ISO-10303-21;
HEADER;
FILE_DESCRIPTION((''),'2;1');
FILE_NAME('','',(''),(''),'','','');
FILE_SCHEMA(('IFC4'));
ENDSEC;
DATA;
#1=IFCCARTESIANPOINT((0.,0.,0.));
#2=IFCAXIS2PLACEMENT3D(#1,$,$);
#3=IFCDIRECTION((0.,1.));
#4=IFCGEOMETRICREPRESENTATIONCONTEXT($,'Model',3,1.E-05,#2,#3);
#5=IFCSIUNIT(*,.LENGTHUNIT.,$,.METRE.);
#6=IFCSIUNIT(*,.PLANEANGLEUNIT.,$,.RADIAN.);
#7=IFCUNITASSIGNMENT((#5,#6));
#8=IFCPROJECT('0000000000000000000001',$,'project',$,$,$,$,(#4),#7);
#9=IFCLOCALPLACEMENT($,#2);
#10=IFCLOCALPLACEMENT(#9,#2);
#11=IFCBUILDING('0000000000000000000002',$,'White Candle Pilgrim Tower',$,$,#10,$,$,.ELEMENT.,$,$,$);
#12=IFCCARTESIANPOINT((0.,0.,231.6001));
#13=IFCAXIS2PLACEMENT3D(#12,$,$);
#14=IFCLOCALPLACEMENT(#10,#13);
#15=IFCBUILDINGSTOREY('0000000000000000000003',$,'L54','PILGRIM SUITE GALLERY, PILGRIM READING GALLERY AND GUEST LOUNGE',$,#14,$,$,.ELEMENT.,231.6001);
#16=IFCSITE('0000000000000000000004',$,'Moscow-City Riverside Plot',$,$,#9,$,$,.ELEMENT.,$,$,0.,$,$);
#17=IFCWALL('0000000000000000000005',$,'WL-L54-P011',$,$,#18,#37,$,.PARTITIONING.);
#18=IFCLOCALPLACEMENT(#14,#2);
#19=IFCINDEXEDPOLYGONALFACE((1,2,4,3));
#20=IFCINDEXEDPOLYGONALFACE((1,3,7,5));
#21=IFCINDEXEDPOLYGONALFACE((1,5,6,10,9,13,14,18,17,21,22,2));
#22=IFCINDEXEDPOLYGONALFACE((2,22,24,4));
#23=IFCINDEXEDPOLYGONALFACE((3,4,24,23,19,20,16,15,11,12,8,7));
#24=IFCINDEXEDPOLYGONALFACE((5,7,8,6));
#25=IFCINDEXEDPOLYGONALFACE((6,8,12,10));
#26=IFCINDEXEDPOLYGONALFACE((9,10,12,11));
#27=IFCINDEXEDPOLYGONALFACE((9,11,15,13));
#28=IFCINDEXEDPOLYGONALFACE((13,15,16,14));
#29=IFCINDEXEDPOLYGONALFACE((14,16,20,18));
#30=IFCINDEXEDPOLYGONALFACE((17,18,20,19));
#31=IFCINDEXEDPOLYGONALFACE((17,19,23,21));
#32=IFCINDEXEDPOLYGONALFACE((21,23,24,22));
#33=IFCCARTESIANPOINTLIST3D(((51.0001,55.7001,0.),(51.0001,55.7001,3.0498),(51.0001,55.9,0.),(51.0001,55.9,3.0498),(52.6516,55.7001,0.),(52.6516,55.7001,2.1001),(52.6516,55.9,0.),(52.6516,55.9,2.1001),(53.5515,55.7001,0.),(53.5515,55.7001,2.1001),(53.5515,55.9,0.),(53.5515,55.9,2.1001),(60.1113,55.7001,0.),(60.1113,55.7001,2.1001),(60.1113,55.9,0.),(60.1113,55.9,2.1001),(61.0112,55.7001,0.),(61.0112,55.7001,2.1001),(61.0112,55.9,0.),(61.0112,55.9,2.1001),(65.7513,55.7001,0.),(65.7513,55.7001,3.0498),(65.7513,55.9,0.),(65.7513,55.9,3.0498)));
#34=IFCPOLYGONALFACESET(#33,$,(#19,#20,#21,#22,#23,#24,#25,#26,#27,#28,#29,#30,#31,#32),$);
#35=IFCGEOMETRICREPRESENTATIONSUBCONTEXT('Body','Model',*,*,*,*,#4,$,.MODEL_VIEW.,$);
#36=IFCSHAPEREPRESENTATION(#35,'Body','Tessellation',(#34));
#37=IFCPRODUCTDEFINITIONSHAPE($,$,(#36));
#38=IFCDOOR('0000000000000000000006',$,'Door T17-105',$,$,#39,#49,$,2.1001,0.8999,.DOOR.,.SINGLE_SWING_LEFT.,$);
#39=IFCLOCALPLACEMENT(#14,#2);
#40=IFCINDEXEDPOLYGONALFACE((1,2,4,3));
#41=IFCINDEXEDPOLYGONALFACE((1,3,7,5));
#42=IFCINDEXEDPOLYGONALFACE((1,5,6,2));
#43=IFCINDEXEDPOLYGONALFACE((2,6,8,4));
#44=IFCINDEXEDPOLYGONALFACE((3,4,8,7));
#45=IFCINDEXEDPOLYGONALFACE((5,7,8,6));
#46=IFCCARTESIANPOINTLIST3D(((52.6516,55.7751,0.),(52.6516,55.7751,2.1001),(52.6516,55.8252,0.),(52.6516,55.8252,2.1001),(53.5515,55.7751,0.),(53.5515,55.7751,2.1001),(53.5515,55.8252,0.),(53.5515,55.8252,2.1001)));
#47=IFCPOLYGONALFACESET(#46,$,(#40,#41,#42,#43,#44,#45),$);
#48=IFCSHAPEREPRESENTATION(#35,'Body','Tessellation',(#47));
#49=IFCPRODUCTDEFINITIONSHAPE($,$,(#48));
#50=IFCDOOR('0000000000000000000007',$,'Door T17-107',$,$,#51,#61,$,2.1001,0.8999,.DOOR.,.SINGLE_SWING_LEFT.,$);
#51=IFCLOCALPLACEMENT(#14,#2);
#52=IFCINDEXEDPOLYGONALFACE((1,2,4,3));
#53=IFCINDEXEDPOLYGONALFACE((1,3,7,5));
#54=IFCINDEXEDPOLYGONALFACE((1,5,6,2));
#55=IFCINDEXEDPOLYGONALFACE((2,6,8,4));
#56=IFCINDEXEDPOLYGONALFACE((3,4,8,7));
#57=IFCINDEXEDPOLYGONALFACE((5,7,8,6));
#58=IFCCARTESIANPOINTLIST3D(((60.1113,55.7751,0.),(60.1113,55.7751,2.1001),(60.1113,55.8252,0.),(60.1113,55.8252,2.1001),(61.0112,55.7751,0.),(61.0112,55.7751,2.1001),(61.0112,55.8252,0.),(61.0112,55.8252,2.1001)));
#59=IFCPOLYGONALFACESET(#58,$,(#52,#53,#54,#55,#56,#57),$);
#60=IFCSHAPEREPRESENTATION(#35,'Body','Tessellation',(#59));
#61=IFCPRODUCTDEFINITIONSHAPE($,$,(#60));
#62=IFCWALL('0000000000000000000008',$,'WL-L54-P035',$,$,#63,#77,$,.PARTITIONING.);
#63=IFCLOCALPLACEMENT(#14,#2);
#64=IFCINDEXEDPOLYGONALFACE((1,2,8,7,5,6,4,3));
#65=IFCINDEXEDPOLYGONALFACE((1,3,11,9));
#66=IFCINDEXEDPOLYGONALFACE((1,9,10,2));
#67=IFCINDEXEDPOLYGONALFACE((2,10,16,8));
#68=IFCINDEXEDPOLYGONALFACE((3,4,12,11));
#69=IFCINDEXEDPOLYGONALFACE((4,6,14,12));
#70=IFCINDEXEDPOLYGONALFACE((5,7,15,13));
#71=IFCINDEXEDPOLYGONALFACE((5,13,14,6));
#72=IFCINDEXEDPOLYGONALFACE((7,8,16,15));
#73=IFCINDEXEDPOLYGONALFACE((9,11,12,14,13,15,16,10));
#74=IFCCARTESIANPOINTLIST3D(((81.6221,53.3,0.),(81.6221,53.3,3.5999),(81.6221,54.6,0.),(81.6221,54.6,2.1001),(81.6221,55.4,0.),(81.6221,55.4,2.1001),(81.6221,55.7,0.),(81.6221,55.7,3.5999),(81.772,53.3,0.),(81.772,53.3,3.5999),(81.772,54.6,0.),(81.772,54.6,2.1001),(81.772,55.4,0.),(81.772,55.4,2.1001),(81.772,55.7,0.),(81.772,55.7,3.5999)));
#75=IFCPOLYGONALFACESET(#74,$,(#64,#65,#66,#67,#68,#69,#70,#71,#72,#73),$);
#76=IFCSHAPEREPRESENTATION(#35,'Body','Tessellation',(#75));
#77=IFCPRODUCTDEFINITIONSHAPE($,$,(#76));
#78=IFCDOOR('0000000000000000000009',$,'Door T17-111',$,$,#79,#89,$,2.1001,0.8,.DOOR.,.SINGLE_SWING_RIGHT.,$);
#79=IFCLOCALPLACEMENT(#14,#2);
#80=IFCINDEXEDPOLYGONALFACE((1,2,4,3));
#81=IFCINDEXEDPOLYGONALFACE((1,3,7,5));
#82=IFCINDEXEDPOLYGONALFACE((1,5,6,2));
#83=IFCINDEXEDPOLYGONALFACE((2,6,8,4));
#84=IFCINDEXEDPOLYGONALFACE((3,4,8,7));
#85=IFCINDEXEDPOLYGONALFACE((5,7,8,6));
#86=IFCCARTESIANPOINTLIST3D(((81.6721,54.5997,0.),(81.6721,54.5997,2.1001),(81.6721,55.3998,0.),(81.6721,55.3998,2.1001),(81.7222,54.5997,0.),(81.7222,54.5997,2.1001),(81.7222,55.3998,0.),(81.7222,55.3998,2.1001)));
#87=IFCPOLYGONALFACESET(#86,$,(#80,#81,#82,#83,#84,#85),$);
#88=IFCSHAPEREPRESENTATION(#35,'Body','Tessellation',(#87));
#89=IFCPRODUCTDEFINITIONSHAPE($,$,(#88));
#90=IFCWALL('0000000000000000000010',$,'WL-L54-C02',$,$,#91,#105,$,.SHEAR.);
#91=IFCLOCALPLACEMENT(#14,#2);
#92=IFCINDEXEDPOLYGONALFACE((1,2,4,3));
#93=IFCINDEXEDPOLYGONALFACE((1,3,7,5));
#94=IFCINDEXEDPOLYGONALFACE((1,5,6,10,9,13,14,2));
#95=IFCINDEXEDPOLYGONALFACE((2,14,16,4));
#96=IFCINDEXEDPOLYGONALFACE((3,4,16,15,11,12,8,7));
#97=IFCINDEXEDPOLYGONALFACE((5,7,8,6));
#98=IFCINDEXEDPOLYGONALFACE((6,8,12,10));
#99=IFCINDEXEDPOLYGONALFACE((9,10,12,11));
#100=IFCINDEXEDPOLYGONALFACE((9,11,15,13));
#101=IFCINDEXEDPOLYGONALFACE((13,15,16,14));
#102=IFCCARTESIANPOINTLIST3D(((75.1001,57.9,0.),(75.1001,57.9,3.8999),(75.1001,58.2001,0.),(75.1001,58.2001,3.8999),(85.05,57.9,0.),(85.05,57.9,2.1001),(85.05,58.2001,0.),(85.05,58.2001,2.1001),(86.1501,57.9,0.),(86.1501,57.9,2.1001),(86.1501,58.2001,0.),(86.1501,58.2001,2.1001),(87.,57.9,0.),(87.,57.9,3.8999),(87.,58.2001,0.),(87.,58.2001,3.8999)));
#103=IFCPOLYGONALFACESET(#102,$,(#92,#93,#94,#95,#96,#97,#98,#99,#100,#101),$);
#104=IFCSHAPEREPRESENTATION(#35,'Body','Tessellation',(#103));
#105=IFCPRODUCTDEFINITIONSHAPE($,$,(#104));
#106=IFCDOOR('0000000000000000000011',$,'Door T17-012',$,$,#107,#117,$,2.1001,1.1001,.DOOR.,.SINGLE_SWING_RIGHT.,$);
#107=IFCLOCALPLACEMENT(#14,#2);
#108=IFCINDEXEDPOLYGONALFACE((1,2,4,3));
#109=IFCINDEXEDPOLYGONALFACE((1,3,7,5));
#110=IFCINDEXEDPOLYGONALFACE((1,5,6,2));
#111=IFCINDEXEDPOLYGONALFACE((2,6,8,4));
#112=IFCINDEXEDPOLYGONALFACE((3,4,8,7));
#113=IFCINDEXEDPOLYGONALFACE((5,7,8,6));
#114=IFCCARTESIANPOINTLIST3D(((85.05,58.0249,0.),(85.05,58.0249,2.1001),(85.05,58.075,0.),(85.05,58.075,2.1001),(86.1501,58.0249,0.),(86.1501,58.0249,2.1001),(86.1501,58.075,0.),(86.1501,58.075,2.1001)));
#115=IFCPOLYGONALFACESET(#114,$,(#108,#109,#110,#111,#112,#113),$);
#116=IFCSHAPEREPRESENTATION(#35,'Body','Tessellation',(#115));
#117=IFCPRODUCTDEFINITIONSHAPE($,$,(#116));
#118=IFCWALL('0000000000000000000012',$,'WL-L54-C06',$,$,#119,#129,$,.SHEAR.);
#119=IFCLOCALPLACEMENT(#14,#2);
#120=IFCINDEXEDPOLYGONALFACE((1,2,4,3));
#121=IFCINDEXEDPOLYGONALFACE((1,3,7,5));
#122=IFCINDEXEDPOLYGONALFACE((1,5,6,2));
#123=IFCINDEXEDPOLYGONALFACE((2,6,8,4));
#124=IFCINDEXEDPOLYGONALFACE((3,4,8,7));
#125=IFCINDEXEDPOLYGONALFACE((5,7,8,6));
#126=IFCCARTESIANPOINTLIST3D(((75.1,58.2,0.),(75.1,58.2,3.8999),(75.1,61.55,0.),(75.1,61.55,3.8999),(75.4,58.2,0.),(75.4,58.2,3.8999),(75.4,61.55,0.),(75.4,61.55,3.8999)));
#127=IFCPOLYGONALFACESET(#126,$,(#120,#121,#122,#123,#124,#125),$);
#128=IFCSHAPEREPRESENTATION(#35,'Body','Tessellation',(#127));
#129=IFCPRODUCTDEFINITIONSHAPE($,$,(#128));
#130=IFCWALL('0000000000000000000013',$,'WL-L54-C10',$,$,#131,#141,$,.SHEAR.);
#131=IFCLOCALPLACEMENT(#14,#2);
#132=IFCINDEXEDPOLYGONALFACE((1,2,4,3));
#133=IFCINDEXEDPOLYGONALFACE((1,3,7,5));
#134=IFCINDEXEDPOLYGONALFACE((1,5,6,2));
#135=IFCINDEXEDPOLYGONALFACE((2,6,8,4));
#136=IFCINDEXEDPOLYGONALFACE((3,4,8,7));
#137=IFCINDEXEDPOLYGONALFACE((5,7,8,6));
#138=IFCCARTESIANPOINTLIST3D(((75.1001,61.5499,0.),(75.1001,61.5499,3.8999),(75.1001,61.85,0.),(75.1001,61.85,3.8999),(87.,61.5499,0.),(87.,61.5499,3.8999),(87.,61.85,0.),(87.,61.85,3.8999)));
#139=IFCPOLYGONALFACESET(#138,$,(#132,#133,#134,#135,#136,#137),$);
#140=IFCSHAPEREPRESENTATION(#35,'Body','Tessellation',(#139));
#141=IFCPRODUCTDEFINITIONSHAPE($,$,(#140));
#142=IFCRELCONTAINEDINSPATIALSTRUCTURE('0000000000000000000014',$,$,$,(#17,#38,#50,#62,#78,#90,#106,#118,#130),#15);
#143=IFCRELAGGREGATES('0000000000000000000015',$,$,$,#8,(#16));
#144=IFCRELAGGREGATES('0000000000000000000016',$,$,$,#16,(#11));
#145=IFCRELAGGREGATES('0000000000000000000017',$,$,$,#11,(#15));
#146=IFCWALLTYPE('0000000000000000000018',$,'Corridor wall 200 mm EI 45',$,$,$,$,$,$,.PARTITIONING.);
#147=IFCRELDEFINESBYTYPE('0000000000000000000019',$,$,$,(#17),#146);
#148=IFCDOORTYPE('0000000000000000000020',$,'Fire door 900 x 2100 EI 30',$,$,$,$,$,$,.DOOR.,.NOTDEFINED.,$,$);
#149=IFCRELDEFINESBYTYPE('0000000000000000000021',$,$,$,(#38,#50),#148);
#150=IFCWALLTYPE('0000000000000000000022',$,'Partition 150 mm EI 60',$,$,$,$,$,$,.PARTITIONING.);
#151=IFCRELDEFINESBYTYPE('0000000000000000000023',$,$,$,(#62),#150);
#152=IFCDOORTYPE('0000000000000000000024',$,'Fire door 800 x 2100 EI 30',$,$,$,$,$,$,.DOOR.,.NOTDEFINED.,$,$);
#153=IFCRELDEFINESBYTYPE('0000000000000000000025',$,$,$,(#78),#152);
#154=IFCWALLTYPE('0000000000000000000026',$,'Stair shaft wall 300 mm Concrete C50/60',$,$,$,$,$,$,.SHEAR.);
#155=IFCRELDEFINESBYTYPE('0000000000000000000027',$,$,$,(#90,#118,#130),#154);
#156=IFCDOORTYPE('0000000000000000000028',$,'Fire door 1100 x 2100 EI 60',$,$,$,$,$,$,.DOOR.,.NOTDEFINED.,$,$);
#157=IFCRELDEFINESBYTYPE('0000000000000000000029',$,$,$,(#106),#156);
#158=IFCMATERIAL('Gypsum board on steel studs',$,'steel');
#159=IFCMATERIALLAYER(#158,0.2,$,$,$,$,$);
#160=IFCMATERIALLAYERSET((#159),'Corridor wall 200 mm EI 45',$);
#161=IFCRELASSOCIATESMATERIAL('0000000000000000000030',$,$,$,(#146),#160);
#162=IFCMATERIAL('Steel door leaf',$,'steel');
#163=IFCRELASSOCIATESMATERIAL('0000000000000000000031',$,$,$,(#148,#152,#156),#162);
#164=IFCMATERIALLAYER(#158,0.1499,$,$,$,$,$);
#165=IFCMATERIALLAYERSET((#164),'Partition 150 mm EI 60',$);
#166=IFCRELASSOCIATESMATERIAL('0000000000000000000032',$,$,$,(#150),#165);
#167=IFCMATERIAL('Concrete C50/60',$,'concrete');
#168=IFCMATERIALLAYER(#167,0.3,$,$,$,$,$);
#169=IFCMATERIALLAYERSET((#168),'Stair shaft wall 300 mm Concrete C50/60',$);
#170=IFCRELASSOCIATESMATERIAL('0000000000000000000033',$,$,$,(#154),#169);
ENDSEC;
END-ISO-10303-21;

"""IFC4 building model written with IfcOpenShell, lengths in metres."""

from ifc_helpers import new_model, si_unit, direction, frame, frame_2d, origin, place, context, subcontext, project, spatial, rectangle, extrude, material, layer, layer_set, type_object, element, fill, save


model = new_model("IFC4")

# Units and contexts
model_context = context("Model", 3, precision=1e-05, world=origin(), true_north=direction((0.0, 1.0)))
body_context = subcontext(model_context, "Body", "Model", "MODEL_VIEW")
ifc_project = project(units=[si_unit("LENGTHUNIT", "METRE"), si_unit("PLANEANGLEUNIT", "RADIAN")], contexts=[model_context])

# Site, building, storey
site_placement = place(None, origin())
site = spatial("IfcSite", under=ifc_project, at=site_placement, Name="Moscow-City Riverside Plot", CompositionType="ELEMENT", RefElevation=0.0)
building_placement = place(site_placement, origin())
building = spatial("IfcBuilding", under=site, at=building_placement, Name="White Candle Pilgrim Tower", CompositionType="ELEMENT")
storey_placement = place(building_placement, frame((0.0, 0.0, 231.6001)))
storey = spatial("IfcBuildingStorey", under=building, at=storey_placement, Name="L54", Description="PILGRIM SUITE GALLERY, PILGRIM READING GALLERY AND GUEST LOUNGE", CompositionType="ELEMENT", Elevation=231.6001)

# Shared definitions
ifc_material_1 = material(Name="Concrete C50/60", Category="concrete")

# Shared definitions
ifc_material_2 = material(Name="Gypsum board on steel studs", Category="steel")
ifc_layer_1 = layer(ifc_material_2, 0.2)
ifc_layer_set_1 = layer_set([ifc_layer_1], Name="Corridor wall 200 mm EI 45")
wall_type_1 = type_object("IfcWallType", Name="Corridor wall 200 mm EI 45", PredefinedType="PARTITIONING", material=ifc_layer_set_1)
ifc_material_3 = material(Name="Steel door leaf", Category="steel")
door_type_1 = type_object("IfcDoorType", Name="Fire door 900 x 2100 EI 30", OperationType="NOTDEFINED", PredefinedType="DOOR", material=ifc_material_3)

# Wall, openings, doors
wall_1_placement = place(storey_placement, frame((65.7512, 55.8, 0.0), z_axis=(0.0, 0.0, 1.0), x_axis=(-1.0, 0.0, 0.0)))
wall_1 = element("IfcWall", 1, at=wall_1_placement, inside=storey, type_object=wall_type_1, Name="WL-L54-P011", PredefinedType="PARTITIONING", context=body_context, shape_type="SweptSolid", body=[
    extrude(rectangle(XDim=14.7512, YDim=0.2, at=frame_2d((7.3755, 0.0))), origin(), (0.0, 0.0, 1.0), 3.0498),
])
opening_1_placement = place(wall_1_placement, frame((12.1997, 0.0, 0.0)))
opening_1 = element("IfcOpeningElement", 2, at=opening_1_placement, cuts=wall_1, PredefinedType="OPENING", context=body_context, shape_type="SweptSolid", body=[
    extrude(rectangle(XDim=0.8999, YDim=2.1001, at=frame_2d((0.45, 1.05))), frame((0.0, 0.1099, 0.0), z_axis=(0.0, -1.0, 0.0), x_axis=(1.0, 0.0, 0.0)), (0.0, 0.0, 1.0), 0.22),
])
opening_2_placement = place(wall_1_placement, frame((4.74, 0.0, 0.0)))
opening_2 = element("IfcOpeningElement", 3, at=opening_2_placement, cuts=wall_1, PredefinedType="OPENING", context=body_context, shape_type="SweptSolid", body=[
    extrude(rectangle(XDim=0.8999, YDim=2.1001, at=frame_2d((0.45, 1.05))), frame((0.0, 0.1099, 0.0), z_axis=(0.0, -1.0, 0.0), x_axis=(1.0, 0.0, 0.0)), (0.0, 0.0, 1.0), 0.22),
])
door_1_placement = place(opening_1_placement, origin())
door_1 = element("IfcDoor", 4, at=door_1_placement, inside=storey, type_object=door_type_1, Name="Door T17-105", OperationType="SINGLE_SWING_LEFT", OverallHeight=2.1001, OverallWidth=0.8999, PredefinedType="DOOR", context=body_context, shape_type="SweptSolid", body=[
    extrude(rectangle(XDim=0.8999, YDim=2.1001, at=frame_2d((0.45, 1.05))), frame((0.0, 0.0249, 0.0), z_axis=(0.0, -1.0, 0.0), x_axis=(1.0, 0.0, 0.0)), (0.0, 0.0, 1.0), 0.05),
])
fill(opening_1, door_1)
door_2_placement = place(opening_2_placement, origin())
door_2 = element("IfcDoor", 5, at=door_2_placement, inside=storey, type_object=door_type_1, Name="Door T17-107", OperationType="SINGLE_SWING_LEFT", OverallHeight=2.1001, OverallWidth=0.8999, PredefinedType="DOOR", context=body_context, shape_type="SweptSolid", body=[
    extrude(rectangle(XDim=0.8999, YDim=2.1001, at=frame_2d((0.45, 1.05))), frame((0.0, 0.0249, 0.0), z_axis=(0.0, -1.0, 0.0), x_axis=(1.0, 0.0, 0.0)), (0.0, 0.0, 1.0), 0.05),
])
fill(opening_2, door_2)

# Walls, openings, doors
ifc_layer_2 = layer(ifc_material_2, 0.1499)
ifc_layer_set_2 = layer_set([ifc_layer_2], Name="Partition 150 mm EI 60")
wall_type_2 = type_object("IfcWallType", Name="Partition 150 mm EI 60", PredefinedType="PARTITIONING", material=ifc_layer_set_2)
wall_2_placement = place(storey_placement, frame((81.697, 55.7, 0.0), z_axis=(0.0, 0.0, 1.0), x_axis=(0.0, -1.0, 0.0)))
wall_2 = element("IfcWall", 6, at=wall_2_placement, inside=storey, type_object=wall_type_2, Name="WL-L54-P035", PredefinedType="PARTITIONING", context=body_context, shape_type="SweptSolid", body=[
    extrude(rectangle(XDim=2.3999, YDim=0.1499, at=frame_2d((1.2, 0.0))), origin(), (0.0, 0.0, 1.0), 3.5999),
])
opening_3_placement = place(wall_2_placement, frame((0.3, 0.0, 0.0)))
opening_3 = element("IfcOpeningElement", 7, at=opening_3_placement, cuts=wall_2, PredefinedType="OPENING", context=body_context, shape_type="SweptSolid", body=[
    extrude(rectangle(XDim=0.8, YDim=2.1001, at=frame_2d((0.3999, 1.05))), frame((0.0, 0.085, 0.0), z_axis=(0.0, -1.0, 0.0), x_axis=(1.0, 0.0, 0.0)), (0.0, 0.0, 1.0), 0.1699),
])
door_type_2 = type_object("IfcDoorType", Name="Fire door 800 x 2100 EI 30", OperationType="NOTDEFINED", PredefinedType="DOOR", material=ifc_material_3)
door_3_placement = place(opening_3_placement, frame((0.8, 0.0, 0.0), z_axis=(0.0, 0.0, 1.0), x_axis=(-1.0, 0.0, 0.0)))
door_3 = element("IfcDoor", 8, at=door_3_placement, inside=storey, type_object=door_type_2, Name="Door T17-111", OperationType="SINGLE_SWING_RIGHT", OverallHeight=2.1001, OverallWidth=0.8, PredefinedType="DOOR", context=body_context, shape_type="SweptSolid", body=[
    extrude(rectangle(XDim=0.8, YDim=2.1001, at=frame_2d((0.3999, 1.05))), frame((0.0, 0.0249, 0.0), z_axis=(0.0, -1.0, 0.0), x_axis=(1.0, 0.0, 0.0)), (0.0, 0.0, 1.0), 0.05),
])
fill(opening_3, door_3)
ifc_layer_3 = layer(ifc_material_1, 0.3)
ifc_layer_set_3 = layer_set([ifc_layer_3], Name="Stair shaft wall 300 mm Concrete C50/60")
wall_type_3 = type_object("IfcWallType", Name="Stair shaft wall 300 mm Concrete C50/60", PredefinedType="SHEAR", material=ifc_layer_set_3)
wall_3_placement = place(storey_placement, frame((75.1001, 58.05, 0.0), z_axis=(0.0, 0.0, 1.0), x_axis=(1.0, 0.0, 0.0)))
wall_3 = element("IfcWall", 9, at=wall_3_placement, inside=storey, type_object=wall_type_3, Name="WL-L54-C02", PredefinedType="SHEAR", context=body_context, shape_type="SweptSolid", body=[
    extrude(rectangle(XDim=11.8999, YDim=0.3, at=frame_2d((5.95, 0.0))), origin(), (0.0, 0.0, 1.0), 3.8999),
])
opening_4_placement = place(wall_3_placement, frame((9.95, 0.0, 0.0)))
opening_4 = element("IfcOpeningElement", 10, at=opening_4_placement, cuts=wall_3, PredefinedType="OPENING", context=body_context, shape_type="SweptSolid", body=[
    extrude(rectangle(XDim=1.1001, YDim=2.1001, at=frame_2d((0.55, 1.05))), frame((0.0, 0.1599, 0.0), z_axis=(0.0, -1.0, 0.0), x_axis=(1.0, 0.0, 0.0)), (0.0, 0.0, 1.0), 0.3201),
])
door_type_3 = type_object("IfcDoorType", Name="Fire door 1100 x 2100 EI 60", OperationType="NOTDEFINED", PredefinedType="DOOR", material=ifc_material_3)
door_4_placement = place(opening_4_placement, origin())
door_4 = element("IfcDoor", 11, at=door_4_placement, inside=storey, type_object=door_type_3, Name="Door T17-012", OperationType="SINGLE_SWING_RIGHT", OverallHeight=2.1001, OverallWidth=1.1001, PredefinedType="DOOR", context=body_context, shape_type="SweptSolid", body=[
    extrude(rectangle(XDim=1.1001, YDim=2.1001, at=frame_2d((0.55, 1.05))), frame((0.0, 0.0249, 0.0), z_axis=(0.0, -1.0, 0.0), x_axis=(1.0, 0.0, 0.0)), (0.0, 0.0, 1.0), 0.05),
])
fill(opening_4, door_4)

# Walls
wall_4_placement = place(storey_placement, frame((75.25, 58.2, 0.0), z_axis=(0.0, 0.0, 1.0), x_axis=(0.0, 1.0, 0.0)))
element("IfcWall", 12, at=wall_4_placement, inside=storey, type_object=wall_type_3, Name="WL-L54-C06", PredefinedType="SHEAR", context=body_context, shape_type="SweptSolid", body=[
    extrude(rectangle(XDim=3.3501, YDim=0.3, at=frame_2d((1.675, 0.0))), origin(), (0.0, 0.0, 1.0), 3.8999),
])
wall_5_placement = place(storey_placement, frame((75.1001, 61.7, 0.0), z_axis=(0.0, 0.0, 1.0), x_axis=(1.0, 0.0, 0.0)))
element("IfcWall", 13, at=wall_5_placement, inside=storey, type_object=wall_type_3, Name="WL-L54-C10", PredefinedType="SHEAR", context=body_context, shape_type="SweptSolid", body=[
    extrude(rectangle(XDim=11.8999, YDim=0.3, at=frame_2d((5.95, 0.0))), origin(), (0.0, 0.0, 1.0), 3.8999),
])

save(model, "model.ifc")
